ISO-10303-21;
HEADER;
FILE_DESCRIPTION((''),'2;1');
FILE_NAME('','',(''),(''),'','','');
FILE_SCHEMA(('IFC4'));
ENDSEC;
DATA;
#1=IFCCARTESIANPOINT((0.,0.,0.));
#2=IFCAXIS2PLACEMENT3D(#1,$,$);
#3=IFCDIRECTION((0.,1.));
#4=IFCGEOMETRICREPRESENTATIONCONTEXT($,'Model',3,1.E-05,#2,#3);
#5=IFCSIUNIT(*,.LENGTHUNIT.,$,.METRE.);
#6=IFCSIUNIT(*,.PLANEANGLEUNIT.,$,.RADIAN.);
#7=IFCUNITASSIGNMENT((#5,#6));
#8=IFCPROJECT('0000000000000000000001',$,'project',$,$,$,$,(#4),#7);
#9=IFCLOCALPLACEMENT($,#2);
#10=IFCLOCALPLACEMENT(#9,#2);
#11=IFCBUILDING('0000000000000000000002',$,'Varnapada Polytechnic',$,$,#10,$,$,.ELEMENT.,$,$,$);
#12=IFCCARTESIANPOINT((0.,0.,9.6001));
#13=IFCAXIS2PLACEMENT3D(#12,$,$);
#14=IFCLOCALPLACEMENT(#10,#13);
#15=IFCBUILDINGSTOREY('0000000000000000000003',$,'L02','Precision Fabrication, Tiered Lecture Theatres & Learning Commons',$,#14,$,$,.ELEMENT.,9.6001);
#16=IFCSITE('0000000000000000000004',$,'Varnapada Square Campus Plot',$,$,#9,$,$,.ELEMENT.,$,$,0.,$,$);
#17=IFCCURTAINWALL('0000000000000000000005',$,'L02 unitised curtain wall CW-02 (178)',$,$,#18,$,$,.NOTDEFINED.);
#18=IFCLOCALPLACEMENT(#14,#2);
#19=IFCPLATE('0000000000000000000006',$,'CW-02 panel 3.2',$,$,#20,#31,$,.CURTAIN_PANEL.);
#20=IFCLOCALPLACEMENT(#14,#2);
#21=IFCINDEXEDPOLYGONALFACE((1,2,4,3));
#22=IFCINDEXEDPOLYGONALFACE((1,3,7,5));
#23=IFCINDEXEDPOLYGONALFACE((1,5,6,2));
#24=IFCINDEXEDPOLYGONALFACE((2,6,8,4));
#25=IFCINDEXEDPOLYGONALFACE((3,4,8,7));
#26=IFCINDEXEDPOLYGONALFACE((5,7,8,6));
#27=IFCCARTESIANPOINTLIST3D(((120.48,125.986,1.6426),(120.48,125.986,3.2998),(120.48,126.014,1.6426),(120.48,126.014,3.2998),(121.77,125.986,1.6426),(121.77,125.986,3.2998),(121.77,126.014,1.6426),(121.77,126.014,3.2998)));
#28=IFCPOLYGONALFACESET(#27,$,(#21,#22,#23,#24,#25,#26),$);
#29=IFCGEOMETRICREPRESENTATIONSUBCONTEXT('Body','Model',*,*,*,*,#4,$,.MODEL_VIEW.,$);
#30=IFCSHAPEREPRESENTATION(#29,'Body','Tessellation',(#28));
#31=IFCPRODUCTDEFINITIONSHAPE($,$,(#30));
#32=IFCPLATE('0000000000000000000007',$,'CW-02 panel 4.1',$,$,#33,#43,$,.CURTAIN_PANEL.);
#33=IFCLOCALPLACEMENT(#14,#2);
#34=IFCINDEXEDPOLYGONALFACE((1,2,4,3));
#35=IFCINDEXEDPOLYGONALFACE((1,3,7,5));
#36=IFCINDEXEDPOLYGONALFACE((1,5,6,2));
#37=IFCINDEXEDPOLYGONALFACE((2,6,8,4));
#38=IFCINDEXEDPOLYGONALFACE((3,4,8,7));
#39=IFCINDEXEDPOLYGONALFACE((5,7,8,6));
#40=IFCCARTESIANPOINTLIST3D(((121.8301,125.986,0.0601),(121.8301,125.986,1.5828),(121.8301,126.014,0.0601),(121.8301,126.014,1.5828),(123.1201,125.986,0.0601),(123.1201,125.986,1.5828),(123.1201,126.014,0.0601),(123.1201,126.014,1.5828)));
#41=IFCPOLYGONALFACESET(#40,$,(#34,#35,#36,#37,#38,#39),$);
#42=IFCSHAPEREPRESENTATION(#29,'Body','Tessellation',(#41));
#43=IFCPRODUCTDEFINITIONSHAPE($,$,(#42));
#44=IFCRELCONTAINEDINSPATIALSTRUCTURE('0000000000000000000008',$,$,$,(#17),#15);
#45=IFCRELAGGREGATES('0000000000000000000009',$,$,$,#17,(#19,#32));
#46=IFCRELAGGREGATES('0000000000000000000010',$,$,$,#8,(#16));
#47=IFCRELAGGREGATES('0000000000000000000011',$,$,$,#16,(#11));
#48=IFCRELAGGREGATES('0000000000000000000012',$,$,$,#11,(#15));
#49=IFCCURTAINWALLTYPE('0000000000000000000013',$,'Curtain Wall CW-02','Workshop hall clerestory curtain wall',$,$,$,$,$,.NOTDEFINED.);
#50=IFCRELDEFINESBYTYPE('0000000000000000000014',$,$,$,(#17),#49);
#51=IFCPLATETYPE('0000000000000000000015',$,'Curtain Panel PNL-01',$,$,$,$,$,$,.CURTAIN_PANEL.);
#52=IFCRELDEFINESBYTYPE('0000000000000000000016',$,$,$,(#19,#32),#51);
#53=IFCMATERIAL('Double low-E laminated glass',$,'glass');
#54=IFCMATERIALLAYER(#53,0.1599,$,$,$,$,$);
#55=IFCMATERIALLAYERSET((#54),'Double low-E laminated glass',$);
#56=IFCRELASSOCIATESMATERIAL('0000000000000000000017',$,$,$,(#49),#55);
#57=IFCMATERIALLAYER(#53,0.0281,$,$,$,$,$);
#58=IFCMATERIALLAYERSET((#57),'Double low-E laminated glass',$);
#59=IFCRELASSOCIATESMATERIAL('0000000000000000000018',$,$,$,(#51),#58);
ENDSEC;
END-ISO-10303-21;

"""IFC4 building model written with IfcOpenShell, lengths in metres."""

from ifc_helpers import new_model, si_unit, direction, frame, origin, origin_2d, place, context, subcontext, project, spatial, rectangle, extrude, material, layer, layer_set, type_object, element, aggregate, save


model = new_model("IFC4")

# Units and contexts
model_context = context("Model", 3, precision=1e-05, world=origin(), true_north=direction((0.0, 1.0)))
body_context = subcontext(model_context, "Body", "Model", "MODEL_VIEW")
ifc_project = project(units=[si_unit("LENGTHUNIT", "METRE"), si_unit("PLANEANGLEUNIT", "RADIAN")], contexts=[model_context])

# Site, building, storey
site_placement = place(None, origin())
site = spatial("IfcSite", under=ifc_project, at=site_placement, Name="Varnapada Square Campus Plot", CompositionType="ELEMENT", RefElevation=0.0)
building_placement = place(site_placement, origin())
building = spatial("IfcBuilding", under=site, at=building_placement, Name="Varnapada Polytechnic", CompositionType="ELEMENT")
storey_placement = place(building_placement, frame((0.0, 0.0, 9.6001)))
storey = spatial("IfcBuildingStorey", under=building, at=storey_placement, Name="L02", Description="Precision Fabrication, Tiered Lecture Theatres & Learning Commons", CompositionType="ELEMENT", Elevation=9.6001)

# Curtain wall, plates
ifc_material_1 = material(Name="Double low-E laminated glass", Category="glass")
ifc_layer_1 = layer(ifc_material_1, 0.1599)
ifc_layer_set_1 = layer_set([ifc_layer_1], Name="Double low-E laminated glass")
curtain_wall_type = type_object("IfcCurtainWallType", Name="Curtain Wall CW-02", Description="Workshop hall clerestory curtain wall", PredefinedType="NOTDEFINED", material=ifc_layer_set_1)
curtain_wall_placement = place(storey_placement, origin())
curtain_wall = element("IfcCurtainWall", 1, at=curtain_wall_placement, inside=storey, type_object=curtain_wall_type, Name="L02 unitised curtain wall CW-02 (178)", PredefinedType="NOTDEFINED")
ifc_layer_2 = layer(ifc_material_1, 0.0281)
ifc_layer_set_2 = layer_set([ifc_layer_2], Name="Double low-E laminated glass")
plate_type = type_object("IfcPlateType", Name="Curtain Panel PNL-01", PredefinedType="CURTAIN_PANEL", material=ifc_layer_set_2)
plate_1_placement = place(storey_placement, frame((121.125, 126.0, 1.6426), z_axis=(0.0, 0.0, 1.0), x_axis=(1.0, 0.0, 0.0)))
plate_1 = element("IfcPlate", 2, at=plate_1_placement, type_object=plate_type, Name="CW-02 panel 3.2", PredefinedType="CURTAIN_PANEL", context=body_context, shape_type="SweptSolid", body=[
    extrude(rectangle(XDim=1.29, YDim=0.0281, at=origin_2d()), origin(), (0.0, 0.0, 1.0), 1.6572),
])
plate_2_placement = place(storey_placement, frame((122.4751, 126.0, 0.0601), z_axis=(0.0, 0.0, 1.0), x_axis=(1.0, 0.0, 0.0)))
plate_2 = element("IfcPlate", 3, at=plate_2_placement, type_object=plate_type, Name="CW-02 panel 4.1", PredefinedType="CURTAIN_PANEL", context=body_context, shape_type="SweptSolid", body=[
    extrude(rectangle(XDim=1.29, YDim=0.0281, at=origin_2d()), origin(), (0.0, 0.0, 1.0), 1.5227),
])
aggregate(curtain_wall, [plate_1, plate_2])

save(model, "model.ifc")
